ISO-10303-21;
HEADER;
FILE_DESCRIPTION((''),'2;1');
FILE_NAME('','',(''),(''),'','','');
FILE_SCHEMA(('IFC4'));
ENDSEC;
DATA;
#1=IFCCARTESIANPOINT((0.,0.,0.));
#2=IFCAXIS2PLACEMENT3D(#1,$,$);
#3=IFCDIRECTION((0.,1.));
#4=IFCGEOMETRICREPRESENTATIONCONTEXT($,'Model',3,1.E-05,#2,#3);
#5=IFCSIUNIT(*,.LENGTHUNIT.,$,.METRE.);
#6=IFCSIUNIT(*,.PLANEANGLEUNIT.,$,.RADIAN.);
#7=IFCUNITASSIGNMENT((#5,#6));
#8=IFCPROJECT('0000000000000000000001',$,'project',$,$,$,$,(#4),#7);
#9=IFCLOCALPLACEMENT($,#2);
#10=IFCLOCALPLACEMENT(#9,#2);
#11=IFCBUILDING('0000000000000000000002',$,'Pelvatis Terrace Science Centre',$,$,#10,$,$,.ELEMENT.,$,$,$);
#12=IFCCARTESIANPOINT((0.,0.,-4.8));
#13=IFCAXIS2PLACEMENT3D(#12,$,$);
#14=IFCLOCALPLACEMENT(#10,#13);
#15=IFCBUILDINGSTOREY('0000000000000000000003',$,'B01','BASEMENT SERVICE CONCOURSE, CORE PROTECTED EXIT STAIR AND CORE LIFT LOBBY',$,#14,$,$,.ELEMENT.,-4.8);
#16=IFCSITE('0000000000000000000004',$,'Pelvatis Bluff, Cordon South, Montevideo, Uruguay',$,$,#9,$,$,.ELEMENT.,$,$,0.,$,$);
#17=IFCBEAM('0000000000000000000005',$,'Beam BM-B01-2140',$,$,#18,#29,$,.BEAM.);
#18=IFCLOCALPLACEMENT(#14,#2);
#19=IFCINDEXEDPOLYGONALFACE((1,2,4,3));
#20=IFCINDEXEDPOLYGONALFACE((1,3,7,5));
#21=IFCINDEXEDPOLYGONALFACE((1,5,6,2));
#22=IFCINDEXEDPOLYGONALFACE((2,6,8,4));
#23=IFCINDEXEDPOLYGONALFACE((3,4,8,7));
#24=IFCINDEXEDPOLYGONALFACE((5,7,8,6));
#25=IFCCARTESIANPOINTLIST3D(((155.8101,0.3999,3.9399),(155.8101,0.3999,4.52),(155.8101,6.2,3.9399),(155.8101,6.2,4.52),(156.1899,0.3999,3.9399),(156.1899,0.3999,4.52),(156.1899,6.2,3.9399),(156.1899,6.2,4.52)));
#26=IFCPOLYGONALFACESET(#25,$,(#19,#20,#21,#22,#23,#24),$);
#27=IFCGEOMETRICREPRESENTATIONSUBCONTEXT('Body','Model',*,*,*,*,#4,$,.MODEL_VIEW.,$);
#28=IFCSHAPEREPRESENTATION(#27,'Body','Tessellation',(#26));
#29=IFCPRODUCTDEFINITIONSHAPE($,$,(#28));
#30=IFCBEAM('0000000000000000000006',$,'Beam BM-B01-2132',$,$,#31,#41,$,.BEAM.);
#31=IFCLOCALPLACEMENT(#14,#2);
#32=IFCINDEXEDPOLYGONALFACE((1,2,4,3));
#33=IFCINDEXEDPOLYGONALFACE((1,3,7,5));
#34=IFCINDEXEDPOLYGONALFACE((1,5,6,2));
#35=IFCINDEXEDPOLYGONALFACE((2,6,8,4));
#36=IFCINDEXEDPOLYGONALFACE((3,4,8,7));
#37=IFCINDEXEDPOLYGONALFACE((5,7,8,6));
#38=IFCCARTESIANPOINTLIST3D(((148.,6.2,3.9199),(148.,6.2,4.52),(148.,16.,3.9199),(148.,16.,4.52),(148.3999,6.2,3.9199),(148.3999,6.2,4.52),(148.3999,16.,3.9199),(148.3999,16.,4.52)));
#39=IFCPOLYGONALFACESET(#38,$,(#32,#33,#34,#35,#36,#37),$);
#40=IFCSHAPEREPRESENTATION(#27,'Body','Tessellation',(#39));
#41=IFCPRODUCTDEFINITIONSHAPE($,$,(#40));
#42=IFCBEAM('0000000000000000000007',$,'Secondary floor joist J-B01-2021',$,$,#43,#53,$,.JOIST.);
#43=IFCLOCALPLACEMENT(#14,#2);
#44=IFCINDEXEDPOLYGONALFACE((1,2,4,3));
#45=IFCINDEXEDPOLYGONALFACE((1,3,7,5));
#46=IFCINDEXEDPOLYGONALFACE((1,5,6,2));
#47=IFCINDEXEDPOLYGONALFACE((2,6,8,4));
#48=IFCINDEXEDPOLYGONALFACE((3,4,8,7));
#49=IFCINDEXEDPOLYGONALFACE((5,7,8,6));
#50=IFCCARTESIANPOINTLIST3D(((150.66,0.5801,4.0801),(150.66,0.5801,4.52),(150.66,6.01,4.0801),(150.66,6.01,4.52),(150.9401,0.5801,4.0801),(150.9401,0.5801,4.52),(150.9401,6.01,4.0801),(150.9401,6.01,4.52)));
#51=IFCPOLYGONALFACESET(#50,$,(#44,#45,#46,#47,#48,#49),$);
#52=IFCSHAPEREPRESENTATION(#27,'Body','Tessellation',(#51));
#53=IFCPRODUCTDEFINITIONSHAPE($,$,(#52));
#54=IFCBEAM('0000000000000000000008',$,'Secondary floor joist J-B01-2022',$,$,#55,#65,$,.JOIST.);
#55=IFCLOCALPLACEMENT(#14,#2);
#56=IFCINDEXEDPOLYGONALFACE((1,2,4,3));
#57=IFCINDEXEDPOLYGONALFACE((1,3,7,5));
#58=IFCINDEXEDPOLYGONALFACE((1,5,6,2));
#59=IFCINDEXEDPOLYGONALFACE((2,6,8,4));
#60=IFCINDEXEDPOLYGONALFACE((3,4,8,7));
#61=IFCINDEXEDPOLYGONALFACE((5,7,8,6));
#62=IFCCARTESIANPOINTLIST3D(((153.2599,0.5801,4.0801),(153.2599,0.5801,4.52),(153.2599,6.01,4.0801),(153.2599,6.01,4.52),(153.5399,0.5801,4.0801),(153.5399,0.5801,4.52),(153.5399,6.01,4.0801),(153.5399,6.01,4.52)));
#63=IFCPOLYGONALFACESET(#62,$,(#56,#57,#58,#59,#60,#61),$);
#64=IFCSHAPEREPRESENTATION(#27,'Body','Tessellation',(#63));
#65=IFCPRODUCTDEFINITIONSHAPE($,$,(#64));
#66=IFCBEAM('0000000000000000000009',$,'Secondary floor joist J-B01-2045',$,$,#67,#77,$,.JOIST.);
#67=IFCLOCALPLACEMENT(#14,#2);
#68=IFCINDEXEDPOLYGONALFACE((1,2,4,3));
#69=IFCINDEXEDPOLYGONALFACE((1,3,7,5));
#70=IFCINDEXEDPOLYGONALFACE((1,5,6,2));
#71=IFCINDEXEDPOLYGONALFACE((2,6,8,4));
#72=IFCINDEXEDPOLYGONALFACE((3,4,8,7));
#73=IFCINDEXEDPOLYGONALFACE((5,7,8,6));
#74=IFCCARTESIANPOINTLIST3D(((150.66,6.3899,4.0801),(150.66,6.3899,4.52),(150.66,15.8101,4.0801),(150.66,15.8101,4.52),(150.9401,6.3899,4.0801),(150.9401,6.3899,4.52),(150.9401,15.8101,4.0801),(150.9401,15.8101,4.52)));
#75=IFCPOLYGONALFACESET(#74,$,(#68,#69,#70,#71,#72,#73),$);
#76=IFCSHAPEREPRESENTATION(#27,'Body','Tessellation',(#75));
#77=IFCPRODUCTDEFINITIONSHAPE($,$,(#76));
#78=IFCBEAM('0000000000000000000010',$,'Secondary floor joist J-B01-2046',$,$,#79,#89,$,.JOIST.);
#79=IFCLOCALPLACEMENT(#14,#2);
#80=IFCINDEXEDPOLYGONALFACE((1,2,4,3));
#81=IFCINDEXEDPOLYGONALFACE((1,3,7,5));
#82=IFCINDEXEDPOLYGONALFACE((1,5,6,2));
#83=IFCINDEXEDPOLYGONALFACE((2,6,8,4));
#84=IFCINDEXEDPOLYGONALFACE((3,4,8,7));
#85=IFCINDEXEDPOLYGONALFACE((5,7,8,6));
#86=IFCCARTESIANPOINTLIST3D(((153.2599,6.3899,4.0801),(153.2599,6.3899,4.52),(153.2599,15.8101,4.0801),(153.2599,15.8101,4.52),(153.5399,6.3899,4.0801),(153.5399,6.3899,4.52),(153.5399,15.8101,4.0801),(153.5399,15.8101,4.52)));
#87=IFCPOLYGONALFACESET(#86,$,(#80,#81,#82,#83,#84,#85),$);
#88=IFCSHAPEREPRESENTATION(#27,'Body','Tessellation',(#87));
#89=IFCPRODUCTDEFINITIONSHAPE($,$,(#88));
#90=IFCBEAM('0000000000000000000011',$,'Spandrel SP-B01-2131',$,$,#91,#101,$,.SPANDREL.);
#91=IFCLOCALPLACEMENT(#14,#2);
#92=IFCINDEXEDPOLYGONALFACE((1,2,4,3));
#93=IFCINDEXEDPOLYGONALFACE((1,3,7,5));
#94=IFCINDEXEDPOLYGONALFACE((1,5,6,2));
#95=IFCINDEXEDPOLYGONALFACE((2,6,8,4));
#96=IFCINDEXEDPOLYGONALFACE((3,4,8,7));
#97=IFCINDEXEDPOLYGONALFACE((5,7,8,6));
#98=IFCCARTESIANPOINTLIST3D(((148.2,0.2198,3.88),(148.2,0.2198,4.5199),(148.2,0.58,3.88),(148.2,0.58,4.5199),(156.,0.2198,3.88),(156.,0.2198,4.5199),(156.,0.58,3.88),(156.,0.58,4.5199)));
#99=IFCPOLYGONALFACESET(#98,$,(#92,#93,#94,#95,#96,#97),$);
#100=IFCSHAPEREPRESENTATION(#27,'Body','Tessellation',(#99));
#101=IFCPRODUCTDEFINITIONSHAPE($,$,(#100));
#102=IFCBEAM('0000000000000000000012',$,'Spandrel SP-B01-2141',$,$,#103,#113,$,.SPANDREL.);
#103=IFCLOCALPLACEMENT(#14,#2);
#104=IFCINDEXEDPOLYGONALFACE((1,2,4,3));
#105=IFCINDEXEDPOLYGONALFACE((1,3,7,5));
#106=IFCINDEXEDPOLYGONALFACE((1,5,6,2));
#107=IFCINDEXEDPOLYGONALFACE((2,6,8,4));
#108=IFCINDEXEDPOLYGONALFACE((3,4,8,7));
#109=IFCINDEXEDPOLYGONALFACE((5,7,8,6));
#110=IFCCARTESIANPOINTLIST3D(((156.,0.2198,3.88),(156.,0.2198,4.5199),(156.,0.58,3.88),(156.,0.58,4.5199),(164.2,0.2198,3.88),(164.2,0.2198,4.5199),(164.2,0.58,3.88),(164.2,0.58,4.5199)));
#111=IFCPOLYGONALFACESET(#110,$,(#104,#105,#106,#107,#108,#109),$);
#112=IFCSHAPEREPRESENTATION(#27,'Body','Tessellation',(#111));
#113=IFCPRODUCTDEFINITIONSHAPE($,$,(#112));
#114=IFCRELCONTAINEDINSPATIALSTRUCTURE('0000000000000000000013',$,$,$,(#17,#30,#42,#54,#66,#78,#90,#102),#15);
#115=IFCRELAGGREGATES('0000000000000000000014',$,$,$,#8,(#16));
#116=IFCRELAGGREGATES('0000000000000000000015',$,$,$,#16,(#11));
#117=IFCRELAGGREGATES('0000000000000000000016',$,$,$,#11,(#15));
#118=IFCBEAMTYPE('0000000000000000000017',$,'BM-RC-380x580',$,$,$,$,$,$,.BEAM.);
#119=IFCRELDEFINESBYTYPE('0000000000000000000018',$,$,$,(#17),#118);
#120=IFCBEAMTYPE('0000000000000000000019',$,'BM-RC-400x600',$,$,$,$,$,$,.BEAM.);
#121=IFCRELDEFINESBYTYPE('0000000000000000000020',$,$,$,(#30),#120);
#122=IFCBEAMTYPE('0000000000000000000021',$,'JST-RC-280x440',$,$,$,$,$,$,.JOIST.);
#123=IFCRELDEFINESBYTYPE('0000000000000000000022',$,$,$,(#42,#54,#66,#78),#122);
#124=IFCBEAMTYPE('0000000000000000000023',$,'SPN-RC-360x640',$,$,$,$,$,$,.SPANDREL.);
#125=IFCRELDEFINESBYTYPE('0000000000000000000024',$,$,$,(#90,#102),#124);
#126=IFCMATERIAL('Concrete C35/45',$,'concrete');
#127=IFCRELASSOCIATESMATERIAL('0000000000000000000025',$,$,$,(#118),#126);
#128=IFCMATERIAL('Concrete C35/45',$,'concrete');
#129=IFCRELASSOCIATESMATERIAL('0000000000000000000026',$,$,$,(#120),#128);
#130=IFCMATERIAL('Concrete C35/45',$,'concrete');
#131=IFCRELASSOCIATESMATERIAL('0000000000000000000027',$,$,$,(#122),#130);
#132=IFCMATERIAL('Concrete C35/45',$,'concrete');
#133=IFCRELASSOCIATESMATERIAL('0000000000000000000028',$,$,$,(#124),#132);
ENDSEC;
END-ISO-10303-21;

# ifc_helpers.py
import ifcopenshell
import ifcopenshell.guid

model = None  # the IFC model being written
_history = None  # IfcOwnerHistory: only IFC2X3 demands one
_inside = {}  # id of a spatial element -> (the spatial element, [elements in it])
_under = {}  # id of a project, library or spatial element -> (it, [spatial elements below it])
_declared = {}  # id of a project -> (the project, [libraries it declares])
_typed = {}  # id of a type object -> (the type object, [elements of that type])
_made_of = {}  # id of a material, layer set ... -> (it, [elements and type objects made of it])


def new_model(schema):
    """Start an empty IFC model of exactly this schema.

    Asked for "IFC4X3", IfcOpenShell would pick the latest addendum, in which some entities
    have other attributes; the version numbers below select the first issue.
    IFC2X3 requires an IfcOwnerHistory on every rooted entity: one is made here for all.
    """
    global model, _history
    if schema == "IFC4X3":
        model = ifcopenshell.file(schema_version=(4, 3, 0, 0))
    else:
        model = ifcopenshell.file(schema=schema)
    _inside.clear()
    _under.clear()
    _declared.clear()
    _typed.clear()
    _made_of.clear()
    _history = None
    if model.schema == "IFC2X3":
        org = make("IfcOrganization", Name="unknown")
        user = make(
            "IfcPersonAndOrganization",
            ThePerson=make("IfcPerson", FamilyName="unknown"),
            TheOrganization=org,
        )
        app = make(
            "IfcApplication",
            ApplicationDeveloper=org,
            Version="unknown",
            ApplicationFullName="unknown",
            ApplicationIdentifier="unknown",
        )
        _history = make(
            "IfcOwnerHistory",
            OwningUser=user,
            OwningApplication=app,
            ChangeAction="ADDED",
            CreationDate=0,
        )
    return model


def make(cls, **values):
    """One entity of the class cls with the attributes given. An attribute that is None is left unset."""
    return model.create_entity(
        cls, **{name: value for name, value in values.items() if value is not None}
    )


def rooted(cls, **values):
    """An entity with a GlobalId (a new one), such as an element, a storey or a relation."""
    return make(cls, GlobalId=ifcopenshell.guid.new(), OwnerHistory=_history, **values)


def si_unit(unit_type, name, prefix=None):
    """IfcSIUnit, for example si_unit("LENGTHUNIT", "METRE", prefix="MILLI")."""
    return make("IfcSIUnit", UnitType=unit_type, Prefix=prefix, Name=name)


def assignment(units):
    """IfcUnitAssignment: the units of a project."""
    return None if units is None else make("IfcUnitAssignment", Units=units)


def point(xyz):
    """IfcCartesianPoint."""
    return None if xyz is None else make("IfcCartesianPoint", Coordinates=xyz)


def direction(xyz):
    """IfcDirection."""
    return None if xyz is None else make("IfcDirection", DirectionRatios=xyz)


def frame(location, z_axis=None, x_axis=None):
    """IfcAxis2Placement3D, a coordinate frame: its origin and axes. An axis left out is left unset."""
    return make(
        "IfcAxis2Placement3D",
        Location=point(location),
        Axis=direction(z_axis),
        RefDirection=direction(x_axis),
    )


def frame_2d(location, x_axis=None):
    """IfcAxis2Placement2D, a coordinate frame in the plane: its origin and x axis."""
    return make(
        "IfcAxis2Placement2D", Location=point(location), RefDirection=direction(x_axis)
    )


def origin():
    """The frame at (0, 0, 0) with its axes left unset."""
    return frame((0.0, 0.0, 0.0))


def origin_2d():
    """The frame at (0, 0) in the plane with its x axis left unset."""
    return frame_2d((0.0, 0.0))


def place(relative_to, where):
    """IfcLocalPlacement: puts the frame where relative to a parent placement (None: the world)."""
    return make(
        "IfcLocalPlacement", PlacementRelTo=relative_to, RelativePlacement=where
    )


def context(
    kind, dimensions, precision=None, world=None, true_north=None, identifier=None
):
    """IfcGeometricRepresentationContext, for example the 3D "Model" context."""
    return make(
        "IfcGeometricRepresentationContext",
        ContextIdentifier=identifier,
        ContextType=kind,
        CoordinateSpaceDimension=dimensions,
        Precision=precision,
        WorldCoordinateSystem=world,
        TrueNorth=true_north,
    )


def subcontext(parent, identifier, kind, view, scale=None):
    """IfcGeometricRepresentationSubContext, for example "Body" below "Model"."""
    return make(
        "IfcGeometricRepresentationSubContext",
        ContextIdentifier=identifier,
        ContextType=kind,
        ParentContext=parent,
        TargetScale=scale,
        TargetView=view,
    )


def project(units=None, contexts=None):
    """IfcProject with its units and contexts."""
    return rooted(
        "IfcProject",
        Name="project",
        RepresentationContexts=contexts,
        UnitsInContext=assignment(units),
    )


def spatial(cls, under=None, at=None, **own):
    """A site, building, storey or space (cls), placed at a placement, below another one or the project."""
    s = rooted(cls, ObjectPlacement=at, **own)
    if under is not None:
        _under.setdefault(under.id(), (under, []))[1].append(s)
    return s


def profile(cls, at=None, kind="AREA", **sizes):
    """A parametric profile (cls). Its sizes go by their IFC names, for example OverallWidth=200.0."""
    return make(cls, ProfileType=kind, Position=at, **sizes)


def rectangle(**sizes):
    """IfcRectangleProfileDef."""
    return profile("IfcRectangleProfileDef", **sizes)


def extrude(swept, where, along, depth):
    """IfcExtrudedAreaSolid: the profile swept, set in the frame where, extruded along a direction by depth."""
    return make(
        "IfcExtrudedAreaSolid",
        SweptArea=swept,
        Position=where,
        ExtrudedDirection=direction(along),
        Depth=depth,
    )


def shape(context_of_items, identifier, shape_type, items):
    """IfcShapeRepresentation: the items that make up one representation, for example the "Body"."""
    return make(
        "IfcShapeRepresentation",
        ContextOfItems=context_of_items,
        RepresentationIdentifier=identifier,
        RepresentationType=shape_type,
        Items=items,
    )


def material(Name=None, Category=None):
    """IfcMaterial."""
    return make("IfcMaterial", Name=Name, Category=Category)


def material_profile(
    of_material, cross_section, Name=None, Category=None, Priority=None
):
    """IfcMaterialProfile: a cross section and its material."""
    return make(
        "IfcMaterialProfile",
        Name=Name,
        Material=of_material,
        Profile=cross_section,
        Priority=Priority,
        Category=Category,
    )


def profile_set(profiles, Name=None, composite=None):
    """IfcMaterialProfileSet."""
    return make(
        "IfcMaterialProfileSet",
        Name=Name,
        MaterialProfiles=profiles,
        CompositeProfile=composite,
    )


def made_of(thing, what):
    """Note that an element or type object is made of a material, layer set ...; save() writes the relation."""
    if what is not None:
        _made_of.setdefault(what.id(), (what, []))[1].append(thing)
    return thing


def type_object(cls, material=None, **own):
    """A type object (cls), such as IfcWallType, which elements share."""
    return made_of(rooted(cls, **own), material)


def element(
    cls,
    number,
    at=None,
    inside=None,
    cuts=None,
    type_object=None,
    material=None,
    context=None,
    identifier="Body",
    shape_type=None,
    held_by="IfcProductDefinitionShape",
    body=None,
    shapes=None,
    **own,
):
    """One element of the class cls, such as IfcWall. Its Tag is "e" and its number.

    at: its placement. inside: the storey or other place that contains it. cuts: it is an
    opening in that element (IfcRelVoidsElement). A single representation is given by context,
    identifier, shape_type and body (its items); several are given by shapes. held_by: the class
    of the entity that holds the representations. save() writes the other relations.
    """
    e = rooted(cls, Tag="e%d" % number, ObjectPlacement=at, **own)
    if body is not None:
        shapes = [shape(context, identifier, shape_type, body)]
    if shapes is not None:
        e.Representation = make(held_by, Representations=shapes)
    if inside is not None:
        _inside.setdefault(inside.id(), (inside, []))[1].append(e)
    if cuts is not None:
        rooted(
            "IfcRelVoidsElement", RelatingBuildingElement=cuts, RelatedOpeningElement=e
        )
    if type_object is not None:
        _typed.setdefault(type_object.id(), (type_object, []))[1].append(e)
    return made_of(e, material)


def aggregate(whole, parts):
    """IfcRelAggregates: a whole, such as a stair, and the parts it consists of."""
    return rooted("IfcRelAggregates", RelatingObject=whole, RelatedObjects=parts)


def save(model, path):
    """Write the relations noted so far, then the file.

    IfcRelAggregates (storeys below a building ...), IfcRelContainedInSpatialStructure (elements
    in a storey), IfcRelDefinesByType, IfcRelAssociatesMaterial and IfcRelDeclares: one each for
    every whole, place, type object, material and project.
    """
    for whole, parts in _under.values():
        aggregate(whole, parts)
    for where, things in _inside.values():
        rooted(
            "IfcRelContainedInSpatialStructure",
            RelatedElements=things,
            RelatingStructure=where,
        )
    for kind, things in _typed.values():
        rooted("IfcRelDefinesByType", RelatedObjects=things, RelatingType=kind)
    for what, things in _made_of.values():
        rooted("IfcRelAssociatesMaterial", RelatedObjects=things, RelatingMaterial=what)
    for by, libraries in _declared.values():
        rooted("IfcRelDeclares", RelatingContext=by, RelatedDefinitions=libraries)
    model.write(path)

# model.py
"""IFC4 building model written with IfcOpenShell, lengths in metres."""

from ifc_helpers import new_model, si_unit, direction, frame, origin, origin_2d, place, context, subcontext, project, spatial, rectangle, extrude, material, material_profile, profile_set, type_object, element, save


model = new_model("IFC4")

# Units and contexts
model_context = context("Model", 3, precision=1e-05, world=origin(), true_north=direction((0.0, 1.0)))
body_context = subcontext(model_context, "Body", "Model", "MODEL_VIEW")
ifc_project = project(units=[si_unit("LENGTHUNIT", "METRE"), si_unit("PLANEANGLEUNIT", "RADIAN")], contexts=[model_context])

# Site, building, storey
site_placement = place(None, origin())
site = spatial("IfcSite", under=ifc_project, at=site_placement, Name="Pelvatis Bluff, Cordon South, Montevideo, Uruguay", CompositionType="ELEMENT", RefElevation=0.0)
building_placement = place(site_placement, origin())
building = spatial("IfcBuilding", under=site, at=building_placement, Name="Pelvatis Terrace Science Centre", CompositionType="ELEMENT")
storey_placement = place(building_placement, frame((0.0, 0.0, -4.8)))
storey = spatial("IfcBuildingStorey", under=building, at=storey_placement, Name="B01", Description="BASEMENT SERVICE CONCOURSE, CORE PROTECTED EXIT STAIR AND CORE LIFT LOBBY", CompositionType="ELEMENT", Elevation=-4.8)

# Beams
ifc_material_1 = material(Name="Concrete C35/45", Category="concrete")
ifc_material_profile_1 = material_profile(ifc_material_1, rectangle(XDim=0.3799, YDim=0.5801, at=origin_2d()), Name="RC-BM 380x580")
ifc_profile_set_1 = profile_set([ifc_material_profile_1], Name="Concrete C35/45")
beam_type_1 = type_object("IfcBeamType", Name="BM-RC-380x580", PredefinedType="BEAM", material=ifc_profile_set_1)
beam_1_placement = place(storey_placement, frame((156.0, 0.3999, 4.23), z_axis=(0.0, 1.0, 0.0), x_axis=(-1.0, 0.0, 0.0)))
element("IfcBeam", 1, at=beam_1_placement, inside=storey, type_object=beam_type_1, Name="Beam BM-B01-2140", PredefinedType="BEAM", context=body_context, shape_type="SweptSolid", body=[
    extrude(rectangle(XDim=0.3799, YDim=0.5801, at=origin_2d()), origin(), (0.0, 0.0, 1.0), 5.8),
])
ifc_material_2 = material(Name="Concrete C35/45", Category="concrete")
ifc_material_profile_2 = material_profile(ifc_material_2, rectangle(XDim=0.3999, YDim=0.6001, at=origin_2d()), Name="RC-BM 400x600")
ifc_profile_set_2 = profile_set([ifc_material_profile_2], Name="Concrete C35/45")
beam_type_2 = type_object("IfcBeamType", Name="BM-RC-400x600", PredefinedType="BEAM", material=ifc_profile_set_2)
beam_2_placement = place(storey_placement, frame((148.2, 6.2, 4.22), z_axis=(0.0, 1.0, 0.0), x_axis=(-1.0, 0.0, 0.0)))
element("IfcBeam", 2, at=beam_2_placement, inside=storey, type_object=beam_type_2, Name="Beam BM-B01-2132", PredefinedType="BEAM", context=body_context, shape_type="SweptSolid", body=[
    extrude(rectangle(XDim=0.3999, YDim=0.6001, at=origin_2d()), origin(), (0.0, 0.0, 1.0), 9.8),
])
ifc_material_3 = material(Name="Concrete C35/45", Category="concrete")
ifc_material_profile_3 = material_profile(ifc_material_3, rectangle(XDim=0.28, YDim=0.4399, at=origin_2d()), Name="RC-JST 280x440")
ifc_profile_set_3 = profile_set([ifc_material_profile_3], Name="Concrete C35/45")
beam_type_3 = type_object("IfcBeamType", Name="JST-RC-280x440", PredefinedType="JOIST", material=ifc_profile_set_3)
for number, where, z_axis, x_axis, name in (
    (3, (150.8, 0.5801, 4.3), (0.0, 1.0, 0.0), (-1.0, 0.0, 0.0), "Secondary floor joist J-B01-2021"),
    (4, (153.3999, 0.5801, 4.3), (0.0, 1.0, 0.0), (-1.0, 0.0, 0.0), "Secondary floor joist J-B01-2022"),
):
    element("IfcBeam", number, at=place(storey_placement, frame(where, z_axis=z_axis, x_axis=x_axis)), inside=storey, type_object=beam_type_3, Name=name, PredefinedType="JOIST", context=body_context, shape_type="SweptSolid", body=[
        extrude(rectangle(XDim=0.28, YDim=0.4399, at=origin_2d()), origin(), (0.0, 0.0, 1.0), 5.4299),
    ])
for number, where, z_axis, x_axis, name in (
    (5, (150.8, 6.3899, 4.3), (0.0, 1.0, 0.0), (-1.0, 0.0, 0.0), "Secondary floor joist J-B01-2045"),
    (6, (153.3999, 6.3899, 4.3), (0.0, 1.0, 0.0), (-1.0, 0.0, 0.0), "Secondary floor joist J-B01-2046"),
):
    element("IfcBeam", number, at=place(storey_placement, frame(where, z_axis=z_axis, x_axis=x_axis)), inside=storey, type_object=beam_type_3, Name=name, PredefinedType="JOIST", context=body_context, shape_type="SweptSolid", body=[
        extrude(rectangle(XDim=0.28, YDim=0.4399, at=origin_2d()), origin(), (0.0, 0.0, 1.0), 9.4202),
    ])
ifc_material_4 = material(Name="Concrete C35/45", Category="concrete")
ifc_material_profile_4 = material_profile(ifc_material_4, rectangle(XDim=0.3601, YDim=0.6399, at=origin_2d()), Name="RC-SPN 360x640")
ifc_profile_set_4 = profile_set([ifc_material_profile_4], Name="Concrete C35/45")
beam_type_4 = type_object("IfcBeamType", Name="SPN-RC-360x640", PredefinedType="SPANDREL", material=ifc_profile_set_4)
beam_3_placement = place(storey_placement, frame((148.2, 0.3999, 4.2), z_axis=(1.0, 0.0, 0.0), x_axis=(0.0, 1.0, 0.0)))
element("IfcBeam", 7, at=beam_3_placement, inside=storey, type_object=beam_type_4, Name="Spandrel SP-B01-2131", PredefinedType="SPANDREL", context=body_context, shape_type="SweptSolid", body=[
    extrude(rectangle(XDim=0.3601, YDim=0.6399, at=origin_2d()), origin(), (0.0, 0.0, 1.0), 7.8),
])
beam_4_placement = place(storey_placement, frame((156.0, 0.3999, 4.2), z_axis=(1.0, 0.0, 0.0), x_axis=(0.0, 1.0, 0.0)))
element("IfcBeam", 8, at=beam_4_placement, inside=storey, type_object=beam_type_4, Name="Spandrel SP-B01-2141", PredefinedType="SPANDREL", context=body_context, shape_type="SweptSolid", body=[
    extrude(rectangle(XDim=0.3601, YDim=0.6399, at=origin_2d()), origin(), (0.0, 0.0, 1.0), 8.2),
])

save(model, "model.ifc")
